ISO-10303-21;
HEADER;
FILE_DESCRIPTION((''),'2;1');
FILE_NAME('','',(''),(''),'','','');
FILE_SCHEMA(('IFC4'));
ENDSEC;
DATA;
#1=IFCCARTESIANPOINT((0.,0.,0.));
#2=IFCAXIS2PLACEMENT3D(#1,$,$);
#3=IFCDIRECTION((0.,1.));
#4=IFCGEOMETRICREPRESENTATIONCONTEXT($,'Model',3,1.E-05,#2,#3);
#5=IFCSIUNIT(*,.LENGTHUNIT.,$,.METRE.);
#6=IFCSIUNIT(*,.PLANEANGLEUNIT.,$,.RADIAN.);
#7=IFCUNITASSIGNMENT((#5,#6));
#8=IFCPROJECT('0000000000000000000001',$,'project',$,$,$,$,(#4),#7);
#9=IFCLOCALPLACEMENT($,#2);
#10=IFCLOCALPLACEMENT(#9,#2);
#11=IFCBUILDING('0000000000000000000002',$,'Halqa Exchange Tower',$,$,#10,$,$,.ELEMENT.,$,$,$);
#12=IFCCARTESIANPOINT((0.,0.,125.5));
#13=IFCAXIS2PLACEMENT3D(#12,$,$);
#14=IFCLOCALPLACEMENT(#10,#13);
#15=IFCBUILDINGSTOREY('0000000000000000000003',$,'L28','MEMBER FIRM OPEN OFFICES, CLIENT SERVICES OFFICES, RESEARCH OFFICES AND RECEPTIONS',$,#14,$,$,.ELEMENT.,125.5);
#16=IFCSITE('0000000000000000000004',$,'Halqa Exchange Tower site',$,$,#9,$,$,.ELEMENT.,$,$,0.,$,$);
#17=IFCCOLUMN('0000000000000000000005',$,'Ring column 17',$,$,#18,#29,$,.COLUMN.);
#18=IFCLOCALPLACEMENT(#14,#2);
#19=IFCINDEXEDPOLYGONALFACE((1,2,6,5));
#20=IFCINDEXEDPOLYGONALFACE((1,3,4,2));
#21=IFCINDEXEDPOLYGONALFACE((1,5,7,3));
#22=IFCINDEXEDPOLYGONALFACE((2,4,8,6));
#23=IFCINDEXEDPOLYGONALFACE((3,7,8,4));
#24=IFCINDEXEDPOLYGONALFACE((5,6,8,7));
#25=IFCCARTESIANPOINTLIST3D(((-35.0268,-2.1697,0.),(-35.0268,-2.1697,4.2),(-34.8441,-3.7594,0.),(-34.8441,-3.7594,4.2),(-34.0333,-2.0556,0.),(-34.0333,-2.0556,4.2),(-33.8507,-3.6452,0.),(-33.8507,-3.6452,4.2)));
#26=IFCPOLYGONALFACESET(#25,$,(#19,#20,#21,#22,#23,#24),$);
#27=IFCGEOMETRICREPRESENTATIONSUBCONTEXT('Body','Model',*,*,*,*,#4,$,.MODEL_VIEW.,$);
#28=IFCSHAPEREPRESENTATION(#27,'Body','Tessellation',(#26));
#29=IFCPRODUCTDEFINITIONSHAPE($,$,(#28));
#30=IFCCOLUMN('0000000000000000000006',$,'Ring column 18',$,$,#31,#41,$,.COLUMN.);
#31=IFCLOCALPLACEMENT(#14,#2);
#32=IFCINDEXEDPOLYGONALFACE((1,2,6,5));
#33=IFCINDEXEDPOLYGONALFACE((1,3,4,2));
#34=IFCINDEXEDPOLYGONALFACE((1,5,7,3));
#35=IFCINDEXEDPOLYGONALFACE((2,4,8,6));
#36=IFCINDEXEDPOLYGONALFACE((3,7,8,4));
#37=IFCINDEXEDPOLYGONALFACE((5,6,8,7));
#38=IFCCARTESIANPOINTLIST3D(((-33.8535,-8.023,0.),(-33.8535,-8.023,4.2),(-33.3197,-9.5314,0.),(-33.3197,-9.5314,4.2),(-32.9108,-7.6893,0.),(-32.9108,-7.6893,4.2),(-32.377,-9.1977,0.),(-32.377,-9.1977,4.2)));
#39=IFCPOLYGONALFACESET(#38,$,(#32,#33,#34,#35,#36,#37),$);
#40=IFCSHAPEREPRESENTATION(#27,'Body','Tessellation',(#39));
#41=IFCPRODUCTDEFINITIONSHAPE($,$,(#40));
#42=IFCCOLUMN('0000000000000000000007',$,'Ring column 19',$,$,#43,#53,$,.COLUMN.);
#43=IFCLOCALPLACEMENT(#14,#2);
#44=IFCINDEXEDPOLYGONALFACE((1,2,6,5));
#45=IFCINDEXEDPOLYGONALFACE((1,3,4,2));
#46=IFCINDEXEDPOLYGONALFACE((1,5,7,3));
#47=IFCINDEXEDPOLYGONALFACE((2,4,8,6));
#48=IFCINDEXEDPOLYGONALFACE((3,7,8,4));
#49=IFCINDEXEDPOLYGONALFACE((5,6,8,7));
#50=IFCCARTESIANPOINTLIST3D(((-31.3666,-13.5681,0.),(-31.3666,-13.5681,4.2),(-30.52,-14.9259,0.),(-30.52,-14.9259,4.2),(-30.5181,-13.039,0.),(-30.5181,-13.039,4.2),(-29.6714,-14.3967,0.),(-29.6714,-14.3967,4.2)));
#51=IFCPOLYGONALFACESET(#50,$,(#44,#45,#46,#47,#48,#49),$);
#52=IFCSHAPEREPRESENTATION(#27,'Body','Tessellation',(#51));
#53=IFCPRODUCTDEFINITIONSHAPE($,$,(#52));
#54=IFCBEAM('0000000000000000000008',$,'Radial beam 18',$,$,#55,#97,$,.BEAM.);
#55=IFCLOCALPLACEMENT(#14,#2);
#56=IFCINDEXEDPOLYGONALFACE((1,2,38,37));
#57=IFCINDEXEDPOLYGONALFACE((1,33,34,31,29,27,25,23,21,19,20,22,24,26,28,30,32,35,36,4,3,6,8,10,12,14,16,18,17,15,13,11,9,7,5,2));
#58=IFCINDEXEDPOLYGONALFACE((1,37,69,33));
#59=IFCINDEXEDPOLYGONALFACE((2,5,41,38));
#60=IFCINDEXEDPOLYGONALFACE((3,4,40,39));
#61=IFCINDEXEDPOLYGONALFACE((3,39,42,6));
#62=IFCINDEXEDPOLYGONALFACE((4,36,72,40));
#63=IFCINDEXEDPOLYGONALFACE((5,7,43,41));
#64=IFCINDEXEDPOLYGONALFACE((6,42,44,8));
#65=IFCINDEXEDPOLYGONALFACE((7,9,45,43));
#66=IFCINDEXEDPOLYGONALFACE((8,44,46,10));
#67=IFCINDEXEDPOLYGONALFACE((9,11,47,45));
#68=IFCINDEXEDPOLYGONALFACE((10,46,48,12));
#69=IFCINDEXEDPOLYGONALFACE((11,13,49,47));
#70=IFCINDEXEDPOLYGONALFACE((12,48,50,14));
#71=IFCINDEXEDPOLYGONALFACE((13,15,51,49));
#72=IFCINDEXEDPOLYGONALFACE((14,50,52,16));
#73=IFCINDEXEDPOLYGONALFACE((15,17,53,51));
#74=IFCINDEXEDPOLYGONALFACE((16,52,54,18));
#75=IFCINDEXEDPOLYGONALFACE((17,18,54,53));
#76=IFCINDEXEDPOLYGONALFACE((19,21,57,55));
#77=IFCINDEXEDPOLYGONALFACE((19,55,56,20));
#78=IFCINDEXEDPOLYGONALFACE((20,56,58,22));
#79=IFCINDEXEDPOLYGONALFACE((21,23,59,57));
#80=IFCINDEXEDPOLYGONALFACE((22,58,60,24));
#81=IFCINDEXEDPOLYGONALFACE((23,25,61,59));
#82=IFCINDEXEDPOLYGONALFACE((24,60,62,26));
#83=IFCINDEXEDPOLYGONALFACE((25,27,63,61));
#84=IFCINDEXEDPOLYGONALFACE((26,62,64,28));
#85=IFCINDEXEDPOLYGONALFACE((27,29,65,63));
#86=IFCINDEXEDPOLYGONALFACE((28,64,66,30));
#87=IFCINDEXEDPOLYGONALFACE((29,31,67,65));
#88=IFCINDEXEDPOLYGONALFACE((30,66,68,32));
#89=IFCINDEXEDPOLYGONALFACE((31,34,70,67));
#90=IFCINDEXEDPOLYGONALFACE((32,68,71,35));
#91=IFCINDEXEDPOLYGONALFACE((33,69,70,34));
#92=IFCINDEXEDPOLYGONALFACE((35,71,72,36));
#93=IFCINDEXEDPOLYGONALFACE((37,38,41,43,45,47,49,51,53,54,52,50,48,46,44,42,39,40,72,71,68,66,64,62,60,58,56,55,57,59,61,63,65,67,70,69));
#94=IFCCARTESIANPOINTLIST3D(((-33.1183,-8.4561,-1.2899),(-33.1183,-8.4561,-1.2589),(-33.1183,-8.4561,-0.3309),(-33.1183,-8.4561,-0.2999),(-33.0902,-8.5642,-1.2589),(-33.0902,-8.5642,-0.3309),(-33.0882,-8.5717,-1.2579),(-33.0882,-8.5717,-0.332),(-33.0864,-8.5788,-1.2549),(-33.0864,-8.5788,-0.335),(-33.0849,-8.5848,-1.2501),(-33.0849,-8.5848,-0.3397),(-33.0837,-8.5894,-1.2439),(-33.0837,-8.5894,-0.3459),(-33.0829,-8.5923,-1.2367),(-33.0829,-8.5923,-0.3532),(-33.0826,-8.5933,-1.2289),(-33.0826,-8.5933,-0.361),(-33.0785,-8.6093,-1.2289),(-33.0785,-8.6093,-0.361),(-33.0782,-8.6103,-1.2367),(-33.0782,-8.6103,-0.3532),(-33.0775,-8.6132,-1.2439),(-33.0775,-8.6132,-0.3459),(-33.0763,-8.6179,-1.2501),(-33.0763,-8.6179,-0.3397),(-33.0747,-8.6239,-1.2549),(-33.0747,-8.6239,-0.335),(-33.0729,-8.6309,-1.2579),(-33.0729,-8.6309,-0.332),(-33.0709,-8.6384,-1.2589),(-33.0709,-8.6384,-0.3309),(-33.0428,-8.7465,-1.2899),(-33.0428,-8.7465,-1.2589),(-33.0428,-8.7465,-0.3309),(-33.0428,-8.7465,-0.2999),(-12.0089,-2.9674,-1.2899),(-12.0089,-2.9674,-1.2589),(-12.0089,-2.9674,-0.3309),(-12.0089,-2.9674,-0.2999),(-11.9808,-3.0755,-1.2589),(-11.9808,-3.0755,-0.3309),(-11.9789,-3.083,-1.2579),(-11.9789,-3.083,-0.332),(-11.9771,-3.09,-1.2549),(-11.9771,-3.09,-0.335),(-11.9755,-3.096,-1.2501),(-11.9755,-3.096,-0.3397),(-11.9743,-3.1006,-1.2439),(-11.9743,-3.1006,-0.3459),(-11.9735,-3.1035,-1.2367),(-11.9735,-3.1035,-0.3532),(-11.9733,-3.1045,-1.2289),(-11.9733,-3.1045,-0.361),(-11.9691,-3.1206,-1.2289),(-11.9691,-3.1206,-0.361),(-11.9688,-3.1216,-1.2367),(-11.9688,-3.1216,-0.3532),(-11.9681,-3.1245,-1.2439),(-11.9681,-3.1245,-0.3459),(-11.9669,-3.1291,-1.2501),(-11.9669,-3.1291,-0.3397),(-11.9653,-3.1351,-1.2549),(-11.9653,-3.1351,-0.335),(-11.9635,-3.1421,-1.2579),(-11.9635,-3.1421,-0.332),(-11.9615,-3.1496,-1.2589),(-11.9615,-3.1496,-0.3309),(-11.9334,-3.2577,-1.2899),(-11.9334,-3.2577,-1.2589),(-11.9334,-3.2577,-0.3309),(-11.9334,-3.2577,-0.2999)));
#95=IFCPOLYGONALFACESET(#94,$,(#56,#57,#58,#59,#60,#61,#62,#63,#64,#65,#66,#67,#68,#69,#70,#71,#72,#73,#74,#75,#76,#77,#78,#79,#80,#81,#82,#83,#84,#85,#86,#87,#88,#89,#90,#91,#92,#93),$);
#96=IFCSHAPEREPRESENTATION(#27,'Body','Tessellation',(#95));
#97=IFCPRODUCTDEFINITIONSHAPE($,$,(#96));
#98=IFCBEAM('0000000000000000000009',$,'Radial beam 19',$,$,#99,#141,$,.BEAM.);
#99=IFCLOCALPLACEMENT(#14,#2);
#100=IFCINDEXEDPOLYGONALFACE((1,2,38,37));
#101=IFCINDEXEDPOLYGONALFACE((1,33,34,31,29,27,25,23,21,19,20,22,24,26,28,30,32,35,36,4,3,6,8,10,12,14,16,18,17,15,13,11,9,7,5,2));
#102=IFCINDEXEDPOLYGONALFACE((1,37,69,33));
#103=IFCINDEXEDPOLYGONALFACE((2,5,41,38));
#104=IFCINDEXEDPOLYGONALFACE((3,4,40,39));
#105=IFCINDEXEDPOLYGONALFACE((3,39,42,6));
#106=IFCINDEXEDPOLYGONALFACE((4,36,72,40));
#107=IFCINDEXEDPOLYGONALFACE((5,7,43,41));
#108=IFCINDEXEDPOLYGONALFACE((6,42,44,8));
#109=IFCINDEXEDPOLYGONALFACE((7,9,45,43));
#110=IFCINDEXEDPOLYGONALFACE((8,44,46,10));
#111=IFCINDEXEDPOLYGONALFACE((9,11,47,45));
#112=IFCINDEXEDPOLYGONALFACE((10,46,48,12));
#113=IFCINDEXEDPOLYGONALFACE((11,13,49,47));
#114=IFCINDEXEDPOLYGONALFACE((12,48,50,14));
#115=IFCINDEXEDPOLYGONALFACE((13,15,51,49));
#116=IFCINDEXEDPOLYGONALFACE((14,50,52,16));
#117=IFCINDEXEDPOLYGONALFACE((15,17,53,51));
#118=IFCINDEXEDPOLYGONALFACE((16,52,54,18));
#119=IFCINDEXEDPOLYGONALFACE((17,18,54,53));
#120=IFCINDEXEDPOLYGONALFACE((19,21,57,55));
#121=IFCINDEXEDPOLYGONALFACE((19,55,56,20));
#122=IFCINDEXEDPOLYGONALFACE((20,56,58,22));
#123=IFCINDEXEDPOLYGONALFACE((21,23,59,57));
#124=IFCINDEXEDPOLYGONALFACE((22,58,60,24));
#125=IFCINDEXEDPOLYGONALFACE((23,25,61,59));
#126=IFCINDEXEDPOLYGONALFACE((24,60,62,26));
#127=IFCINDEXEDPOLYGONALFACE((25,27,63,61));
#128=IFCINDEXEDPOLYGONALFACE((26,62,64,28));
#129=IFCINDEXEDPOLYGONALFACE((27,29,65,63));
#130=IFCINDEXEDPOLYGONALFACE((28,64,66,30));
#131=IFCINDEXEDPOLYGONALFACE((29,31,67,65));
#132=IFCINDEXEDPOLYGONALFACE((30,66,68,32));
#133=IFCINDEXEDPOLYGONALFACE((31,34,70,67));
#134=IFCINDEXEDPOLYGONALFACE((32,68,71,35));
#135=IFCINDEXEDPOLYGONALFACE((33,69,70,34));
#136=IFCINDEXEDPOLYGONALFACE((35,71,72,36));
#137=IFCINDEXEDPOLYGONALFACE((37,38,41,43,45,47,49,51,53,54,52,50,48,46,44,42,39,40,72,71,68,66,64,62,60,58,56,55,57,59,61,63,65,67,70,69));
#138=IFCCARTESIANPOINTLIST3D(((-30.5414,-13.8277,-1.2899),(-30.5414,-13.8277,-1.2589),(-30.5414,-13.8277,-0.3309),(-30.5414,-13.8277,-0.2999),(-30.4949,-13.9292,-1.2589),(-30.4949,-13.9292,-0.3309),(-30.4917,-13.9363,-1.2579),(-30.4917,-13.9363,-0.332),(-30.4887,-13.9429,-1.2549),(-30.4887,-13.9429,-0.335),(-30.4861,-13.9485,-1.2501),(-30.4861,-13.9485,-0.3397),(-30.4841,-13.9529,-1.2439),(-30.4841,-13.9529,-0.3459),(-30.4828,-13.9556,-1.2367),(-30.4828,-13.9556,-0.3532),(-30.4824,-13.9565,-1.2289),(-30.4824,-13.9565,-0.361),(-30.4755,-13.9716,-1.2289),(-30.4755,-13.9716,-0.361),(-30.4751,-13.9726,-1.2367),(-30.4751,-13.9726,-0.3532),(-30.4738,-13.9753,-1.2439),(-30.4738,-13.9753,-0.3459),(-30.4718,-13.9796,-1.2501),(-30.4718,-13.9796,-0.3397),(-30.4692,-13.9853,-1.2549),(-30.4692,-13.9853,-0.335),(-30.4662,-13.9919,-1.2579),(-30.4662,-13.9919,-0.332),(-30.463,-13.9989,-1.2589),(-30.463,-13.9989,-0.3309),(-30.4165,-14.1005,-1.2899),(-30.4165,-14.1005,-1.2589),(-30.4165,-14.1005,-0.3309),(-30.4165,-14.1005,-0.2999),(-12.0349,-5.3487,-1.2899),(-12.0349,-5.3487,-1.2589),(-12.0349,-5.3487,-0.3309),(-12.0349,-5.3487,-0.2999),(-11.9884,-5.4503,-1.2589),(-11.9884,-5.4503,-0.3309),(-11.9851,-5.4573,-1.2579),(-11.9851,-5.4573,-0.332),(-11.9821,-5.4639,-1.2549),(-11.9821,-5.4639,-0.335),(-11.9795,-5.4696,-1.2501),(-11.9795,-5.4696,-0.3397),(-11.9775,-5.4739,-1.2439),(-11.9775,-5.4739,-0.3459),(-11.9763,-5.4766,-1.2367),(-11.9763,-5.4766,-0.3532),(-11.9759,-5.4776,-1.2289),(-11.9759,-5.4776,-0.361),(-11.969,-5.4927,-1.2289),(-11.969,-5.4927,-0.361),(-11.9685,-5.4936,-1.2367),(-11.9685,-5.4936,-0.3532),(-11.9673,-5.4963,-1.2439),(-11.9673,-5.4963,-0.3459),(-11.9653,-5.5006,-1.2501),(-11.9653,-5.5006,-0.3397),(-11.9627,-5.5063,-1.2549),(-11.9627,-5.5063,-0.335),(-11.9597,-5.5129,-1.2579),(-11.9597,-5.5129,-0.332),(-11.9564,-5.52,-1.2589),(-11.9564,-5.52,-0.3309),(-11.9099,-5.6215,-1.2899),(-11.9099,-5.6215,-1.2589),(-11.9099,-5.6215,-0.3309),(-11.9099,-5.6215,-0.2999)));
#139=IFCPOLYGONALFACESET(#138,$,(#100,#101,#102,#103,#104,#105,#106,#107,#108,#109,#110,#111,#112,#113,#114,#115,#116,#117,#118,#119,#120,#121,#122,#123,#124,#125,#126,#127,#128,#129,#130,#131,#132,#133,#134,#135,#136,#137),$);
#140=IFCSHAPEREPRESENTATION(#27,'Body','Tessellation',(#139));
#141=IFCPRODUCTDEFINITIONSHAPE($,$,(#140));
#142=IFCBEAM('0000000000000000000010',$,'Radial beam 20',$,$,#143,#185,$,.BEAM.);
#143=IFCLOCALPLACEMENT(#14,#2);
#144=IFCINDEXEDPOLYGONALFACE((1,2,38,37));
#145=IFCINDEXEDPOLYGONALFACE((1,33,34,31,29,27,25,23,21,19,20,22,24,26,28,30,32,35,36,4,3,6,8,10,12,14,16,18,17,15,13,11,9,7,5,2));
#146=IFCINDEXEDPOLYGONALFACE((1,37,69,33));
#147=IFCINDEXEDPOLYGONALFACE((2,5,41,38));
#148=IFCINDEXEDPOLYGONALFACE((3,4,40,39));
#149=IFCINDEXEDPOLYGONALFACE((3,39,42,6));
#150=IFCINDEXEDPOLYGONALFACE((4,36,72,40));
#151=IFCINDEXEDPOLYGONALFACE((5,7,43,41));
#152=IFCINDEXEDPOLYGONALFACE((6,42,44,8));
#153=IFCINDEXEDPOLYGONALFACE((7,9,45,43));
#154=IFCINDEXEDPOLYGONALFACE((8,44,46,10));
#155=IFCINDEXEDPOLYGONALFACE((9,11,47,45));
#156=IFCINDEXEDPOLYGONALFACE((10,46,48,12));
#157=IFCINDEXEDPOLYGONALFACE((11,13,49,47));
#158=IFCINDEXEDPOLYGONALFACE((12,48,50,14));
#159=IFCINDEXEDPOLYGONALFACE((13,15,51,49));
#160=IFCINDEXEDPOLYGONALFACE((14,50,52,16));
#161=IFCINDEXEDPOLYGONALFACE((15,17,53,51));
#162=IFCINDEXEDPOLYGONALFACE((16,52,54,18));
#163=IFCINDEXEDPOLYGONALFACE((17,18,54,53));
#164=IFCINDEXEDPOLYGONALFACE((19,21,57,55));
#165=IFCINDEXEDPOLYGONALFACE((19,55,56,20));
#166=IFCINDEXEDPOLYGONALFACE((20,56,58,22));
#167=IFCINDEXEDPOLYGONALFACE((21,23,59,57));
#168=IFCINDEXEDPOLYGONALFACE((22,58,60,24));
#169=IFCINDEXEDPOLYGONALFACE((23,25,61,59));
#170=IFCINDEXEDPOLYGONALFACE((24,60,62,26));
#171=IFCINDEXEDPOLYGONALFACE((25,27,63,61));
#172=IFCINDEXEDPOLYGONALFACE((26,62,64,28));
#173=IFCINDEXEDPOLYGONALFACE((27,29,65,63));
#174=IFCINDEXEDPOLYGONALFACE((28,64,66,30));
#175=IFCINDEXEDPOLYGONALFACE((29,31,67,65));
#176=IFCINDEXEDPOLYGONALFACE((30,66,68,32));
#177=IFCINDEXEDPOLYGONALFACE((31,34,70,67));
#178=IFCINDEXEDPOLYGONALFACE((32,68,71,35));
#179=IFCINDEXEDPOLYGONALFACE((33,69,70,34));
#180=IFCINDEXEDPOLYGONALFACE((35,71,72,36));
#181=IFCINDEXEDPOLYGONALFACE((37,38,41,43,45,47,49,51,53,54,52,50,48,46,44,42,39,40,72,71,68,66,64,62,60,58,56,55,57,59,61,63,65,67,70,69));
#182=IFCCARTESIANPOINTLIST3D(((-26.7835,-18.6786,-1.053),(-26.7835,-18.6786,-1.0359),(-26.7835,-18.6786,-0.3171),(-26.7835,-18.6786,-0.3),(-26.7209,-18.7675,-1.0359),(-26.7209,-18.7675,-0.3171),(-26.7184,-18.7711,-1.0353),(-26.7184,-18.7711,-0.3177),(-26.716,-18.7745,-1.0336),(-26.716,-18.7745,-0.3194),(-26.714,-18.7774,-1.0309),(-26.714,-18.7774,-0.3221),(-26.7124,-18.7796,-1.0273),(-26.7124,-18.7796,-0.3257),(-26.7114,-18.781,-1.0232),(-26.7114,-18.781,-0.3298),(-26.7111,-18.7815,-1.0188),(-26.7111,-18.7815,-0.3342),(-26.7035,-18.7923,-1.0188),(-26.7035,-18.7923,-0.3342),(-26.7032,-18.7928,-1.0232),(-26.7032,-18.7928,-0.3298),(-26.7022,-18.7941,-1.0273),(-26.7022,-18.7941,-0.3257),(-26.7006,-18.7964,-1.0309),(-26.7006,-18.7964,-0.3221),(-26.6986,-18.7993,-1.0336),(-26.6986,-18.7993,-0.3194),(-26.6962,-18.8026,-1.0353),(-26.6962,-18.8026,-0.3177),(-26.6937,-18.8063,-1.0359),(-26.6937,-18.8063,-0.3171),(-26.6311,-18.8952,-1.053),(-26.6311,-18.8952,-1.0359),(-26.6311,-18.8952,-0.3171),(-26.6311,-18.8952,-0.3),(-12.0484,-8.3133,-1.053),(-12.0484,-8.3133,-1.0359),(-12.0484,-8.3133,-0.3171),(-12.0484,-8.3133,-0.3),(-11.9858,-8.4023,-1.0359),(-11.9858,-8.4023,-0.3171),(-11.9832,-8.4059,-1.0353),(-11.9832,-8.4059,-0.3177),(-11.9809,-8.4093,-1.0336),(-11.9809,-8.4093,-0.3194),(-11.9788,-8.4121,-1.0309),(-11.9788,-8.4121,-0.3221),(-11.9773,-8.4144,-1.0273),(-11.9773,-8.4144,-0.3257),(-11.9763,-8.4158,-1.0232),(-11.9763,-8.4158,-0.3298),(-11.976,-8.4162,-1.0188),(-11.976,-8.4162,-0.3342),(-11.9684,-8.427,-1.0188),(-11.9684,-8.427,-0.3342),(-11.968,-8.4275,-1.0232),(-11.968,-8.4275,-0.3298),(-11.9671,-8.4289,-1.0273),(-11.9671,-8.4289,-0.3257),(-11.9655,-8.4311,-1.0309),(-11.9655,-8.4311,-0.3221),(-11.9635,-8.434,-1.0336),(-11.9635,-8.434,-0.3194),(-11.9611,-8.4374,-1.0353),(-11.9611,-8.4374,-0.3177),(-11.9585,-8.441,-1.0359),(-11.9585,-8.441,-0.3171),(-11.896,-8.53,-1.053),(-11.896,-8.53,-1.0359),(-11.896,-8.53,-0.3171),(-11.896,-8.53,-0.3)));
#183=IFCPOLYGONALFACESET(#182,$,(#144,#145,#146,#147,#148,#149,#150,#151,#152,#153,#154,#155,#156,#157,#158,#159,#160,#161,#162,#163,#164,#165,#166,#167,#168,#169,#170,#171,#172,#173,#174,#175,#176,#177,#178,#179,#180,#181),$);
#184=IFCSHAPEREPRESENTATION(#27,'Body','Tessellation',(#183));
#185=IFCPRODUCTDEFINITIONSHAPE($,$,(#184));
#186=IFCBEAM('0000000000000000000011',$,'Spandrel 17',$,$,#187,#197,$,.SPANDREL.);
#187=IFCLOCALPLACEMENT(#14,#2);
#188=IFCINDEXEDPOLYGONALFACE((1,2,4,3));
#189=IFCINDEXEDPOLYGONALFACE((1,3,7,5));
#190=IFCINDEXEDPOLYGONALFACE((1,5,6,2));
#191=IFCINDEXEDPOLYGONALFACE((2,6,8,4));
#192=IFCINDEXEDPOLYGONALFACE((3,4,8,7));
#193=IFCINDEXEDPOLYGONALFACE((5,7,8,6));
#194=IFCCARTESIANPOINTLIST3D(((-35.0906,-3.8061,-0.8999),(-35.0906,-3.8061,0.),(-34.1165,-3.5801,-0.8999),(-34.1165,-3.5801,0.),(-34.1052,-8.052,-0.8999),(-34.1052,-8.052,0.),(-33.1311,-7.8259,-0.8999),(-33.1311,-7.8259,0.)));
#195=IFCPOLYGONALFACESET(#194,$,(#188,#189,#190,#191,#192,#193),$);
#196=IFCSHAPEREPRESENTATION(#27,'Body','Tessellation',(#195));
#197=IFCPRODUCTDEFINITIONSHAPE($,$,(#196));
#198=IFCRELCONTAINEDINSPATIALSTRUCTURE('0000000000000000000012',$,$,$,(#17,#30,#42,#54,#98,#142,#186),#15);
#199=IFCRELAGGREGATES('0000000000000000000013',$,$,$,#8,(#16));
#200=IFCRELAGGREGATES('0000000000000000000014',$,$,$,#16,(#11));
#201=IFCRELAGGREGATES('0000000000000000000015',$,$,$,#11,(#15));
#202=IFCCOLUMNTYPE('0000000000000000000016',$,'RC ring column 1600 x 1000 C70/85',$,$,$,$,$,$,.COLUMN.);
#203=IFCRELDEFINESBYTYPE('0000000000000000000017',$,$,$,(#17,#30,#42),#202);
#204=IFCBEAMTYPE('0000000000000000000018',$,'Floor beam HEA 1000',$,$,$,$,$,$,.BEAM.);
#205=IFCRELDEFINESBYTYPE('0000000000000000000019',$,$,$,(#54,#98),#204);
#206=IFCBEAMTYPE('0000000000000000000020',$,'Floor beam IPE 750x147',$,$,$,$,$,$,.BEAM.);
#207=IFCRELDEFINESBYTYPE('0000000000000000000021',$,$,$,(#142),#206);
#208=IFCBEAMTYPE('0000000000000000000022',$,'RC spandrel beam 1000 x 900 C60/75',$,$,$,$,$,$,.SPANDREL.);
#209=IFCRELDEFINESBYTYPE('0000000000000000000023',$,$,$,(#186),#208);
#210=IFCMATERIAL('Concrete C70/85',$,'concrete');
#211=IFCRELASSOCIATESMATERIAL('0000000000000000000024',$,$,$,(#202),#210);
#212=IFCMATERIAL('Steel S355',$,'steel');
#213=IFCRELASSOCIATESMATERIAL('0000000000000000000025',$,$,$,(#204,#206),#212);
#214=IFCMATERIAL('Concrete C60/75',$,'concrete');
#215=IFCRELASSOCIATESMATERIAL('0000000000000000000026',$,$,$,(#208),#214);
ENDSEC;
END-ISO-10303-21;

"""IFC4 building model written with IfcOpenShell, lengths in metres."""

from ifc_helpers import new_model, si_unit, direction, frame, origin, origin_2d, place, context, subcontext, project, spatial, rectangle, i_section, extrude, material, material_profile, profile_set, type_object, element, save


model = new_model("IFC4")

# Units and contexts
model_context = context("Model", 3, precision=1e-05, world=origin(), true_north=direction((0.0, 1.0)))
body_context = subcontext(model_context, "Body", "Model", "MODEL_VIEW")
ifc_project = project(units=[si_unit("LENGTHUNIT", "METRE"), si_unit("PLANEANGLEUNIT", "RADIAN")], contexts=[model_context])

# Site, building, storey
site_placement = place(None, origin())
site = spatial("IfcSite", under=ifc_project, at=site_placement, Name="Halqa Exchange Tower site", CompositionType="ELEMENT", RefElevation=0.0)
building_placement = place(site_placement, origin())
building = spatial("IfcBuilding", under=site, at=building_placement, Name="Halqa Exchange Tower", CompositionType="ELEMENT")
storey_placement = place(building_placement, frame((0.0, 0.0, 125.5)))
storey = spatial("IfcBuildingStorey", under=building, at=storey_placement, Name="L28", Description="MEMBER FIRM OPEN OFFICES, CLIENT SERVICES OFFICES, RESEARCH OFFICES AND RECEPTIONS", CompositionType="ELEMENT", Elevation=125.5)

# Columns
ifc_material_1 = material(Name="Concrete C70/85", Category="concrete")
ifc_material_profile_1 = material_profile(ifc_material_1, rectangle(XDim=1.6001, YDim=1.0, at=origin_2d()), Name="1600 x 1000")
ifc_profile_set_1 = profile_set([ifc_material_profile_1], Name="Concrete C70/85")
column_type = type_object("IfcColumnType", Name="RC ring column 1600 x 1000 C70/85", PredefinedType="COLUMN", material=ifc_profile_set_1)
for number, where, z_axis, x_axis, name in (
    (1, (-34.4387, -2.9075, 0.0), (0.0, 0.0, 1.0), (0.114159, -0.993463, 0.0), "Ring column 17"),
    (2, (-33.1152, -8.6104, 0.0), (0.0, 0.0, 1.0), (0.333636, -0.942702, 0.0), "Ring column 18"),
    (3, (-30.519, -13.9824, 0.0), (0.0, 0.0, 1.0), (0.529138, -0.848536, 0.0), "Ring column 19"),
):
    element("IfcColumn", number, at=place(storey_placement, frame(where, z_axis=z_axis, x_axis=x_axis)), inside=storey, type_object=column_type, Name=name, PredefinedType="COLUMN", context=body_context, shape_type="SweptSolid", body=[
        extrude(rectangle(XDim=1.6001, YDim=1.0, at=origin_2d()), origin(), (0.0, 0.0, 1.0), 4.2),
    ])

# Beams
ifc_material_2 = material(Name="Steel S355", Category="steel")
ifc_material_profile_2 = material_profile(ifc_material_2, i_section(OverallWidth=0.3, OverallDepth=0.99, WebThickness=0.0166, FlangeThickness=0.031, FilletRadius=0.03, at=origin_2d()), Name="HEA 1000")
ifc_profile_set_2 = profile_set([ifc_material_profile_2], Name="Steel S355")
beam_type_1 = type_object("IfcBeamType", Name="Floor beam HEA 1000", PredefinedType="BEAM", material=ifc_profile_set_2)
beam_1_placement = place(storey_placement, frame((-11.9712, -3.1125, -0.7949), z_axis=(-0.967819, -0.251648, 0.0), x_axis=(0.251648, -0.967819, 0.0)))
element("IfcBeam", 4, at=beam_1_placement, inside=storey, type_object=beam_type_1, Name="Radial beam 18", PredefinedType="BEAM", context=body_context, shape_type="SweptSolid", body=[
    extrude(i_section(OverallWidth=0.3, OverallDepth=0.99, WebThickness=0.0166, FlangeThickness=0.031, FilletRadius=0.03, at=origin_2d()), origin(), (0.0, 0.0, 1.0), 21.8113),
])
beam_2_placement = place(storey_placement, frame((-11.9724, -5.4851, -0.7949), z_axis=(-0.909124, -0.416525, 0.0), x_axis=(0.416525, -0.909124, 0.0)))
element("IfcBeam", 5, at=beam_2_placement, inside=storey, type_object=beam_type_1, Name="Radial beam 19", PredefinedType="BEAM", context=body_context, shape_type="SweptSolid", body=[
    extrude(i_section(OverallWidth=0.3, OverallDepth=0.99, WebThickness=0.0166, FlangeThickness=0.031, FilletRadius=0.03, at=origin_2d()), origin(), (0.0, 0.0, 1.0), 20.3564),
])
ifc_material_profile_3 = material_profile(ifc_material_2, i_section(OverallWidth=0.2649, OverallDepth=0.7529, WebThickness=0.0132, FlangeThickness=0.0171, FilletRadius=0.0171, at=origin_2d()), Name="IPE 750x147")
ifc_profile_set_3 = profile_set([ifc_material_profile_3], Name="Steel S355")
beam_type_2 = type_object("IfcBeamType", Name="Floor beam IPE 750x147", PredefinedType="BEAM", material=ifc_profile_set_3)
beam_3_placement = place(storey_placement, frame((-11.9722, -8.4216, -0.6765), z_axis=(-0.817909, -0.575348, 0.0), x_axis=(0.575348, -0.817909, 0.0)))
element("IfcBeam", 6, at=beam_3_placement, inside=storey, type_object=beam_type_2, Name="Radial beam 20", PredefinedType="BEAM", context=body_context, shape_type="SweptSolid", body=[
    extrude(i_section(OverallWidth=0.2649, OverallDepth=0.7529, WebThickness=0.0132, FlangeThickness=0.0171, FilletRadius=0.0171, at=origin_2d()), origin(), (0.0, 0.0, 1.0), 18.0156),
])
ifc_material_3 = material(Name="Concrete C60/75", Category="concrete")
ifc_material_profile_4 = material_profile(ifc_material_3, rectangle(XDim=1.0, YDim=0.8999, at=origin_2d()), Name="1000 x 900")
ifc_profile_set_4 = profile_set([ifc_material_profile_4], Name="Concrete C60/75")
beam_type_3 = type_object("IfcBeamType", Name="RC spandrel beam 1000 x 900 C60/75", PredefinedType="SPANDREL", material=ifc_profile_set_4)
beam_4_placement = place(storey_placement, frame((-34.6035, -3.6931, -0.45), z_axis=(0.226066, -0.974112, 0.0), x_axis=(0.974112, 0.226066, 0.0)))
element("IfcBeam", 7, at=beam_4_placement, inside=storey, type_object=beam_type_3, Name="Spandrel 17", PredefinedType="SPANDREL", context=body_context, shape_type="SweptSolid", body=[
    extrude(rectangle(XDim=1.0, YDim=0.8999, at=origin_2d()), origin(), (0.0, 0.0, 1.0), 4.3586),
])

save(model, "model.ifc")
